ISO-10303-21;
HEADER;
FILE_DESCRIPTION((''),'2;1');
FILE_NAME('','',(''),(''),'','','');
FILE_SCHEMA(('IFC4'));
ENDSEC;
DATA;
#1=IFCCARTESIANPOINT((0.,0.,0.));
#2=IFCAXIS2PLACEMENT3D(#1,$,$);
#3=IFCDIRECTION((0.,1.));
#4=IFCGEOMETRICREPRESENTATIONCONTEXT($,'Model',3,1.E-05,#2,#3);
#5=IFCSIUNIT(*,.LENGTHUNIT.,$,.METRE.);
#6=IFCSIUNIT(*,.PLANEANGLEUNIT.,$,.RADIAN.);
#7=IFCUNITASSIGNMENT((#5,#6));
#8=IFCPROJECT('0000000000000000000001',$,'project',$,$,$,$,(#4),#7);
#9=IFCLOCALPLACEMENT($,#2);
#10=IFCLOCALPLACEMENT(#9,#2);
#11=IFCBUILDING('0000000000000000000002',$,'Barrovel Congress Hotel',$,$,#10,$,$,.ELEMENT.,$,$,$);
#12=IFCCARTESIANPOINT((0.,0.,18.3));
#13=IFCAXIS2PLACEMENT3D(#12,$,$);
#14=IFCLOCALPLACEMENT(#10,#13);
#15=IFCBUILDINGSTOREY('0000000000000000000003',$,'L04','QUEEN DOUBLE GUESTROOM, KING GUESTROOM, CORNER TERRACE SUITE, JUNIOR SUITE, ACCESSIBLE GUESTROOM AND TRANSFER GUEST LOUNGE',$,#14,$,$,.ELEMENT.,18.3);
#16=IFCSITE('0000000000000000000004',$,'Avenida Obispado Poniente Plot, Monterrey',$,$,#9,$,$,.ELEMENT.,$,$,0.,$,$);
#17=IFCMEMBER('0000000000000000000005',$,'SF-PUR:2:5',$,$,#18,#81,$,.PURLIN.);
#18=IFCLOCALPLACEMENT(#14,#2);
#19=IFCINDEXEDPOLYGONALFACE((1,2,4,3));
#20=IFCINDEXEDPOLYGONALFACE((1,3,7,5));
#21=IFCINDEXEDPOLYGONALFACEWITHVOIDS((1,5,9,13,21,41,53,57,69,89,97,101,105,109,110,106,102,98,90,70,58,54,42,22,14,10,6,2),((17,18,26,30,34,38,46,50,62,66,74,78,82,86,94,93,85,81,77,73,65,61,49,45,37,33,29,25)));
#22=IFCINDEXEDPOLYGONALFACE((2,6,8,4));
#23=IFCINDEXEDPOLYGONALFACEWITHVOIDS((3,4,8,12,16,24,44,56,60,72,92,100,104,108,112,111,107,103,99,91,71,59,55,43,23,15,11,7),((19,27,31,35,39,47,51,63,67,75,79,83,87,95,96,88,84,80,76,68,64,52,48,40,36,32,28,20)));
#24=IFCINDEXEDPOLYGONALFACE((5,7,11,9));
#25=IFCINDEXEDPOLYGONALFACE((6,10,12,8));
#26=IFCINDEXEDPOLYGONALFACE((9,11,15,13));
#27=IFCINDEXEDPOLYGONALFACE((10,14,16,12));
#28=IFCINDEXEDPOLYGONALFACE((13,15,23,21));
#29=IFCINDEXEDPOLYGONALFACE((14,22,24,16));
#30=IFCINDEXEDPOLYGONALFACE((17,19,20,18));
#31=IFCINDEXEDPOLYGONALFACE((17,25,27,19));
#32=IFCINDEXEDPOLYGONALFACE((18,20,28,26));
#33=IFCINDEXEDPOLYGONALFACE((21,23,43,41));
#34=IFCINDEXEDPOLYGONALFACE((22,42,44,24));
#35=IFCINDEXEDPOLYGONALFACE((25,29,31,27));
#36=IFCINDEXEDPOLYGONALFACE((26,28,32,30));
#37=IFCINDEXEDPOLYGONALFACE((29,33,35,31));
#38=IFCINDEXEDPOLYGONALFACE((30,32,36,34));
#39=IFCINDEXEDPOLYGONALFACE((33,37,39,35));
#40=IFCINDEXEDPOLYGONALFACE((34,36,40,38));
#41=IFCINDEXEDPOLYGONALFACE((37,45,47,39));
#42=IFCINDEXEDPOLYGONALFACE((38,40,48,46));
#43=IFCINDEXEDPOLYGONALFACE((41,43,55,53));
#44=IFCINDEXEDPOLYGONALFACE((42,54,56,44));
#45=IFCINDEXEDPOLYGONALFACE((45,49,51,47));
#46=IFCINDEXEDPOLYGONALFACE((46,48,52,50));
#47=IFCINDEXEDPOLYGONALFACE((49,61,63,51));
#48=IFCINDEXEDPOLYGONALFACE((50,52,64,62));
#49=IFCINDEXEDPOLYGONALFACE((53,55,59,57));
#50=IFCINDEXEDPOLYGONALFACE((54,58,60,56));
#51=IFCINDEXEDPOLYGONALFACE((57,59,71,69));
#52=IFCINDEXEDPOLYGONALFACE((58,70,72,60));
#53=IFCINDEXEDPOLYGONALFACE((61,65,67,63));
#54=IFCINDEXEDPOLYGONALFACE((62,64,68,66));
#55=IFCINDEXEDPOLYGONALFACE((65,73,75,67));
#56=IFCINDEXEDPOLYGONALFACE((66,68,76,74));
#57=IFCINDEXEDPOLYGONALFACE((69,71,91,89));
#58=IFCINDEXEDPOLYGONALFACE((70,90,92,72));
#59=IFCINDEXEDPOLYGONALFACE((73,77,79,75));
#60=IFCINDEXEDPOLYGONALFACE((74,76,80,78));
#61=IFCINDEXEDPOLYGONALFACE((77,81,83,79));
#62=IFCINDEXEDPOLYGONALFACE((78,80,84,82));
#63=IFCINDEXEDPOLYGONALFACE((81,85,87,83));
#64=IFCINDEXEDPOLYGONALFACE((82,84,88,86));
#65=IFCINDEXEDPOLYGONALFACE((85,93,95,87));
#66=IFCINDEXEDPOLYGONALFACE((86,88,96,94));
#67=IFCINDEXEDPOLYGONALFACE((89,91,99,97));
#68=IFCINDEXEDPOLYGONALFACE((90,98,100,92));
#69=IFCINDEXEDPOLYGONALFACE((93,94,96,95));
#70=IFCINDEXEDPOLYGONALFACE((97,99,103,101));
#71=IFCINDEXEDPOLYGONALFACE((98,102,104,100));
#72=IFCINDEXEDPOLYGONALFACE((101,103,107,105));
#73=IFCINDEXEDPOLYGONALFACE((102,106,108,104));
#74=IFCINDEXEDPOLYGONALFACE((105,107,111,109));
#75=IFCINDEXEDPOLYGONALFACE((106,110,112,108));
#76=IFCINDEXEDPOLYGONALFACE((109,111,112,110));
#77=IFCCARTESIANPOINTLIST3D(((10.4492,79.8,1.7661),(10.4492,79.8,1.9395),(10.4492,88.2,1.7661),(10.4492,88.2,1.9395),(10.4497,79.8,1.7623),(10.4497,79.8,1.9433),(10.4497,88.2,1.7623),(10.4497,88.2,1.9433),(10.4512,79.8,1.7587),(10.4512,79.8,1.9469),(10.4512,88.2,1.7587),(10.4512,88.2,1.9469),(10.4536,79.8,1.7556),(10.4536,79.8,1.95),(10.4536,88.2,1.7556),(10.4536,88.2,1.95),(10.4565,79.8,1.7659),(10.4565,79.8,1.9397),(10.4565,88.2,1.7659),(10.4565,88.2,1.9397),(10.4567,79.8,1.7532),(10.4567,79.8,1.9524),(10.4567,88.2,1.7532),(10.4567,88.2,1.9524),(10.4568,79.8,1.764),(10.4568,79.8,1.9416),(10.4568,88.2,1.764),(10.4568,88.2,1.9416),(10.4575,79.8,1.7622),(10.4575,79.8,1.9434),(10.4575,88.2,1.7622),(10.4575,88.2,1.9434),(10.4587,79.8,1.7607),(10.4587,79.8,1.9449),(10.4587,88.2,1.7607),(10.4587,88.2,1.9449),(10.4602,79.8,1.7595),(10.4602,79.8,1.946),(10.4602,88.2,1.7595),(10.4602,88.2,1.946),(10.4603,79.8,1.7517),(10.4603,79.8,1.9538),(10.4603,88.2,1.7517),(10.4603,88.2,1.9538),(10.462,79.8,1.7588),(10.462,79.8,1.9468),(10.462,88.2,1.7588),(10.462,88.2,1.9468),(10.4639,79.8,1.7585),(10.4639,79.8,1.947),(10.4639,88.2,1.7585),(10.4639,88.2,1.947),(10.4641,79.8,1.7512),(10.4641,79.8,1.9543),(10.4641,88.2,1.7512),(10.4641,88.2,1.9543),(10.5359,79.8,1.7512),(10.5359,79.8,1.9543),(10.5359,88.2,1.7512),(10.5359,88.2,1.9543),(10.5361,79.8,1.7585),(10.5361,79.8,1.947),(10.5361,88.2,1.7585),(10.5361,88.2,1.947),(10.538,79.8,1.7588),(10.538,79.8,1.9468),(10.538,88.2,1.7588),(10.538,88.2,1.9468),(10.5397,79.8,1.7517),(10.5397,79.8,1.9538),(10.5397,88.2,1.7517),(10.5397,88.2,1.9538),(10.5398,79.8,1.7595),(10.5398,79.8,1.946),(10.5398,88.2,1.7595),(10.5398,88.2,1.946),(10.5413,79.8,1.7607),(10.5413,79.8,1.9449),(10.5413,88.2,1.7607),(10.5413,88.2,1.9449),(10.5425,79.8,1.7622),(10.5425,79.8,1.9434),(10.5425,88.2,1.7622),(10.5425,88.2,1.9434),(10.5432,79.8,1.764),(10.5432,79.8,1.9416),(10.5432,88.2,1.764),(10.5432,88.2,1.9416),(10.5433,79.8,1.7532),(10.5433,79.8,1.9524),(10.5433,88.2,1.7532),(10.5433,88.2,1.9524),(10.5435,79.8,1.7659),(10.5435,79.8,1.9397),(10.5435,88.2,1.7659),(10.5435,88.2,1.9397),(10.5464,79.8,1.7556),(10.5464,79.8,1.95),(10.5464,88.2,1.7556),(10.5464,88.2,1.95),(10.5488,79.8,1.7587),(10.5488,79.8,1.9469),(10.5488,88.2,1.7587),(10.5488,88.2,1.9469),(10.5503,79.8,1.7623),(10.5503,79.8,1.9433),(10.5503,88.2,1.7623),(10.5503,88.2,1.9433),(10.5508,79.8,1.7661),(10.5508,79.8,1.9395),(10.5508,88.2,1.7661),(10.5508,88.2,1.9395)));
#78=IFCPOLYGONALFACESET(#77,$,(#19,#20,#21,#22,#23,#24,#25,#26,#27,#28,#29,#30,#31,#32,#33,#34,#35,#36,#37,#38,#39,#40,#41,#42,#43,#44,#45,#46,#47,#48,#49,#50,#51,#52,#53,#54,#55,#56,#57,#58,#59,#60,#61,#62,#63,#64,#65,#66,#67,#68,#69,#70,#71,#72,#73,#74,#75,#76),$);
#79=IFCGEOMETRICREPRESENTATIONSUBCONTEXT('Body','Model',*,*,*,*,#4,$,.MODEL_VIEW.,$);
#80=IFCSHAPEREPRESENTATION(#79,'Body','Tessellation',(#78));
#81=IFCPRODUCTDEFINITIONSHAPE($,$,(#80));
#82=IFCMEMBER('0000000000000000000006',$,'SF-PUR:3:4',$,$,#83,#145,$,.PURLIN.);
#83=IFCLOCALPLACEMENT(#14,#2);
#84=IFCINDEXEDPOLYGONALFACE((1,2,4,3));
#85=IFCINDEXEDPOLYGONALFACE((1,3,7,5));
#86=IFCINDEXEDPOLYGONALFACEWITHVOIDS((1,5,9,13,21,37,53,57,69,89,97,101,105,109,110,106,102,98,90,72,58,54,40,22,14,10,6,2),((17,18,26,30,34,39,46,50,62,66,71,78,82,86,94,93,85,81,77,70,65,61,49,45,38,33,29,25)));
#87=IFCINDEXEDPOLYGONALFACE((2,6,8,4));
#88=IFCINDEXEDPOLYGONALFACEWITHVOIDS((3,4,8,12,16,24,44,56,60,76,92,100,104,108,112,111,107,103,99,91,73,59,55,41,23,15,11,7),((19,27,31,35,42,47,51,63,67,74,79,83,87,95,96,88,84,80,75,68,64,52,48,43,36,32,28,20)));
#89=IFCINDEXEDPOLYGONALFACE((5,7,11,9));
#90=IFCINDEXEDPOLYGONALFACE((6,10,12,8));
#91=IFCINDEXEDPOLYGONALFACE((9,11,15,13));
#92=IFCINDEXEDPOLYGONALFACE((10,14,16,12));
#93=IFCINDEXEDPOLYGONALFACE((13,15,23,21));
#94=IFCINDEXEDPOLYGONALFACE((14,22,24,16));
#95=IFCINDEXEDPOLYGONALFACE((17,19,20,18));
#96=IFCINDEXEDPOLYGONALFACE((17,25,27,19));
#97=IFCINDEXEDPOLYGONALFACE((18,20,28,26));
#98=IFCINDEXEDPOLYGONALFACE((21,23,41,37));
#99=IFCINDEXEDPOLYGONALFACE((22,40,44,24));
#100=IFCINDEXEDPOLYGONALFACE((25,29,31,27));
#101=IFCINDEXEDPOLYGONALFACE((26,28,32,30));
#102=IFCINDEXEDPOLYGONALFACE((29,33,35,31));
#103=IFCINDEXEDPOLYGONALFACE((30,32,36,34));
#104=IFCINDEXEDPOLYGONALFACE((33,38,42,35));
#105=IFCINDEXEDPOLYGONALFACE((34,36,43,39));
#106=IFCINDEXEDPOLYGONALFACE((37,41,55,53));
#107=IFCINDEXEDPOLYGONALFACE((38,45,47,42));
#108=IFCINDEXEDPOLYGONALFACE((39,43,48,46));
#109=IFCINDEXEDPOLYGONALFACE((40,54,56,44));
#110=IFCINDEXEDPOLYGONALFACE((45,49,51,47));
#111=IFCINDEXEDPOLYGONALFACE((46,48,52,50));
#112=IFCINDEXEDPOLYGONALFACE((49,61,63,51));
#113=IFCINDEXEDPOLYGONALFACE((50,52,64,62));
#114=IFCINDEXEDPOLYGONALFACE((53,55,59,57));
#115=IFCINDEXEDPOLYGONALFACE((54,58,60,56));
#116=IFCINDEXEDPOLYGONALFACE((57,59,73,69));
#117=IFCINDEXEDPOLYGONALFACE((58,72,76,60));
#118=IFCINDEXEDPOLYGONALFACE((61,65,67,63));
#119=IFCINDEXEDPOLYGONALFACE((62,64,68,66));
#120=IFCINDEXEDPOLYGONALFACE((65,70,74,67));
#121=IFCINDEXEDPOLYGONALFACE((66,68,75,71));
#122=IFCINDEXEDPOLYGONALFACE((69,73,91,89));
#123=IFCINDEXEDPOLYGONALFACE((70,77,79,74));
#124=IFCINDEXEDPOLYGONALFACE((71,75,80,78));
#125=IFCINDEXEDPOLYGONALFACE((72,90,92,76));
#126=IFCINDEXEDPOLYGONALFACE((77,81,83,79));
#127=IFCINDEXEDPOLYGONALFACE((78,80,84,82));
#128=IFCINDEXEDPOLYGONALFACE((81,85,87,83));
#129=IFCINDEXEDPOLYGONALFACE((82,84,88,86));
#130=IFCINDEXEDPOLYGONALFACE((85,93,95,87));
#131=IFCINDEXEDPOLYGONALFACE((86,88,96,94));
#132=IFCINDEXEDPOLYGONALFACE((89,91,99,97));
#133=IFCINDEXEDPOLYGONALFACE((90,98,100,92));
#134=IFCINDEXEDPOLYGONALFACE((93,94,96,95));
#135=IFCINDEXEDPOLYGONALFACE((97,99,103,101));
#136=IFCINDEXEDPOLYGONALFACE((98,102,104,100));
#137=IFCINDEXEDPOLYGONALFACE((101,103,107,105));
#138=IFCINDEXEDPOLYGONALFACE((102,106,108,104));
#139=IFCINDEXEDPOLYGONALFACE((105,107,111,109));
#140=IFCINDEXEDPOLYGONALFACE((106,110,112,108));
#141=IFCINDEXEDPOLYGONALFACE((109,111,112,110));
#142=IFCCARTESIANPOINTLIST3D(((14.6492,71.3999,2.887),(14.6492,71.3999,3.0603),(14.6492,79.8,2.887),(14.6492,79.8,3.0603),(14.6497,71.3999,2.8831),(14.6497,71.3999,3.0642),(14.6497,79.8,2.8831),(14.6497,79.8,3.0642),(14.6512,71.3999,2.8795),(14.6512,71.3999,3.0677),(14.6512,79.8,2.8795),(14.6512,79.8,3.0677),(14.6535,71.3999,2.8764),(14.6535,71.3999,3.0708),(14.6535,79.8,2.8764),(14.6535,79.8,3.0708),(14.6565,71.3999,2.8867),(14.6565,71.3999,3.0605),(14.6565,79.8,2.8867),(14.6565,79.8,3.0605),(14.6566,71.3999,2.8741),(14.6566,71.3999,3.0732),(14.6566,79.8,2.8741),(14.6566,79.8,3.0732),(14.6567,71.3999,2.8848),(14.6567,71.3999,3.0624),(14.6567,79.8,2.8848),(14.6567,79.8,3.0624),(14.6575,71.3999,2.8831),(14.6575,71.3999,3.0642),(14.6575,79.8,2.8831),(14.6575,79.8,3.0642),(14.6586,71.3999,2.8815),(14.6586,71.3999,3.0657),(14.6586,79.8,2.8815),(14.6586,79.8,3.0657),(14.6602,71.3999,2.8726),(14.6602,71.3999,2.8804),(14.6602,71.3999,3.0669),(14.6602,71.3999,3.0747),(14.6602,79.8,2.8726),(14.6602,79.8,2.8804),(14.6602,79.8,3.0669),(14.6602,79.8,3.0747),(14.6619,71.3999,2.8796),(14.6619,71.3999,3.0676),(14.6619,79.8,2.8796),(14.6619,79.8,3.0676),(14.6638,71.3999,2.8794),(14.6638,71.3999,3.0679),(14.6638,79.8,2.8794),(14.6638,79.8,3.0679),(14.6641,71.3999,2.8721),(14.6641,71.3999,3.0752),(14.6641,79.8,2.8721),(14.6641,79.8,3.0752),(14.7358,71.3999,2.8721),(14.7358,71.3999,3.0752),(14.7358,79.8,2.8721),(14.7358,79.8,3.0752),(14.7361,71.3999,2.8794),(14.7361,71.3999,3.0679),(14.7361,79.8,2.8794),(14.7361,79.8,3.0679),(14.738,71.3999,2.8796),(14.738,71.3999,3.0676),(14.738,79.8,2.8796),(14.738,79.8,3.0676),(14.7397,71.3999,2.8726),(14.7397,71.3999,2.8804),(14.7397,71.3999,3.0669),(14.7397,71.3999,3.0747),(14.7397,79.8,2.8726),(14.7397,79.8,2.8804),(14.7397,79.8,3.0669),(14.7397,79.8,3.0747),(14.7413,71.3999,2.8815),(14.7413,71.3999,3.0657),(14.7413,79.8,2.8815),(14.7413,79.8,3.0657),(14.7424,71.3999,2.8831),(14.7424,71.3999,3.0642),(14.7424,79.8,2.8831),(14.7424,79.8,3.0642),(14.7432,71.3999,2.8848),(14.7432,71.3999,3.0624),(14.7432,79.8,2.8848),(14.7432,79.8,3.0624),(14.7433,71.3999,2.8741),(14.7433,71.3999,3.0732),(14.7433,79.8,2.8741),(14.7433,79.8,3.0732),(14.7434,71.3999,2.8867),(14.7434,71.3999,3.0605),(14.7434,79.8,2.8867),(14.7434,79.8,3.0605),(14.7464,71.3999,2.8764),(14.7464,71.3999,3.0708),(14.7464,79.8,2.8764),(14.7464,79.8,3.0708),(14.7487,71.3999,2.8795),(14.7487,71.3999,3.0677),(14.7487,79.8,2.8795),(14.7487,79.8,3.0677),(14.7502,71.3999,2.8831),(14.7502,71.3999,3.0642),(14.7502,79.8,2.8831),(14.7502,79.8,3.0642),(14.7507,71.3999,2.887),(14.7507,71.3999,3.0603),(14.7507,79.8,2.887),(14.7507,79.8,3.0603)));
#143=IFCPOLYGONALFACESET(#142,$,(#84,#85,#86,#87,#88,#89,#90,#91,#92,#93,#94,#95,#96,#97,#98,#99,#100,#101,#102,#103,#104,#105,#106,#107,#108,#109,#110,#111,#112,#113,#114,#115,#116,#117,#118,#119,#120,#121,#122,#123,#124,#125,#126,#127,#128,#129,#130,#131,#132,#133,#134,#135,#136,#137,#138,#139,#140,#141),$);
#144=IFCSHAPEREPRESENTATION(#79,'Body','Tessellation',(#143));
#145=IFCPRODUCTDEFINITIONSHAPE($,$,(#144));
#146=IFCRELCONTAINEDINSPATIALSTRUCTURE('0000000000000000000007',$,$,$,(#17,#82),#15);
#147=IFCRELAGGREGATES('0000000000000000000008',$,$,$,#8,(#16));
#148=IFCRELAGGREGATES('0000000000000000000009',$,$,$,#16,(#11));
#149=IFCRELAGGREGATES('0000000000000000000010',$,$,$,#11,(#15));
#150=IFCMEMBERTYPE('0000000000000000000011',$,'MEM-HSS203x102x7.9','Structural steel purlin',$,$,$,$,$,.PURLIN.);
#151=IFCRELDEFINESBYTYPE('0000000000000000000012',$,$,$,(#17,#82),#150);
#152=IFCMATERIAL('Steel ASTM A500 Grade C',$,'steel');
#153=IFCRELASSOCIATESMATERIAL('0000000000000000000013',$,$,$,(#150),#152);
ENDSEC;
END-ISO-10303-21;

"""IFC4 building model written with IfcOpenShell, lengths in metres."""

from ifc_helpers import new_model, si_unit, direction, frame, origin, origin_2d, place, context, subcontext, project, spatial, hollow_rectangle, extrude, material, material_profile, profile_set, type_object, element, save


model = new_model("IFC4")

# Units and contexts
model_context = context("Model", 3, precision=1e-05, world=origin(), true_north=direction((0.0, 1.0)))
body_context = subcontext(model_context, "Body", "Model", "MODEL_VIEW")
ifc_project = project(units=[si_unit("LENGTHUNIT", "METRE"), si_unit("PLANEANGLEUNIT", "RADIAN")], contexts=[model_context])

# Site, building, storey
site_placement = place(None, origin())
site = spatial("IfcSite", under=ifc_project, at=site_placement, Name="Avenida Obispado Poniente Plot, Monterrey", CompositionType="ELEMENT", RefElevation=0.0)
building_placement = place(site_placement, origin())
building = spatial("IfcBuilding", under=site, at=building_placement, Name="Barrovel Congress Hotel", CompositionType="ELEMENT")
storey_placement = place(building_placement, frame((0.0, 0.0, 18.3)))
storey = spatial("IfcBuildingStorey", under=building, at=storey_placement, Name="L04", Description="QUEEN DOUBLE GUESTROOM, KING GUESTROOM, CORNER TERRACE SUITE, JUNIOR SUITE, ACCESSIBLE GUESTROOM AND TRANSFER GUEST LOUNGE", CompositionType="ELEMENT", Elevation=18.3)

# Members
ifc_material_1 = material(Name="Steel ASTM A500 Grade C", Category="steel")
ifc_material_profile_1 = material_profile(ifc_material_1, hollow_rectangle(XDim=0.1016, YDim=0.2031, WallThickness=0.0073, InnerFilletRadius=0.0073, OuterFilletRadius=0.0149, at=origin_2d()), Name="HSS203x102x7.9")
ifc_profile_set_1 = profile_set([ifc_material_profile_1], Name="Steel ASTM A500 Grade C")
member_type_1 = type_object("IfcMemberType", Name="MEM-HSS203x102x7.9", Description="Structural steel purlin", PredefinedType="PURLIN", material=ifc_profile_set_1)
member_1_placement = place(storey_placement, frame((10.5, 79.8, 1.8528), z_axis=(0.0, 1.0, 0.0), x_axis=(-1.0, 0.0, 0.0)))
element("IfcMember", 1, at=member_1_placement, inside=storey, type_object=member_type_1, Name="SF-PUR:2:5", PredefinedType="PURLIN", context=body_context, shape_type="SweptSolid", body=[
    extrude(hollow_rectangle(XDim=0.1016, YDim=0.2031, WallThickness=0.0073, InnerFilletRadius=0.0073, OuterFilletRadius=0.0149, at=origin_2d()), origin(), (0.0, 0.0, 1.0), 8.3999),
])
member_2_placement = place(storey_placement, frame((14.7, 71.3999, 2.9736), z_axis=(0.0, 1.0, 0.0), x_axis=(-1.0, 0.0, 0.0)))
element("IfcMember", 2, at=member_2_placement, inside=storey, type_object=member_type_1, Name="SF-PUR:3:4", PredefinedType="PURLIN", context=body_context, shape_type="SweptSolid", body=[
    extrude(hollow_rectangle(XDim=0.1016, YDim=0.2031, WallThickness=0.0073, InnerFilletRadius=0.0073, OuterFilletRadius=0.0149, at=origin_2d()), origin(), (0.0, 0.0, 1.0), 8.4001),
])

save(model, "model.ifc")
